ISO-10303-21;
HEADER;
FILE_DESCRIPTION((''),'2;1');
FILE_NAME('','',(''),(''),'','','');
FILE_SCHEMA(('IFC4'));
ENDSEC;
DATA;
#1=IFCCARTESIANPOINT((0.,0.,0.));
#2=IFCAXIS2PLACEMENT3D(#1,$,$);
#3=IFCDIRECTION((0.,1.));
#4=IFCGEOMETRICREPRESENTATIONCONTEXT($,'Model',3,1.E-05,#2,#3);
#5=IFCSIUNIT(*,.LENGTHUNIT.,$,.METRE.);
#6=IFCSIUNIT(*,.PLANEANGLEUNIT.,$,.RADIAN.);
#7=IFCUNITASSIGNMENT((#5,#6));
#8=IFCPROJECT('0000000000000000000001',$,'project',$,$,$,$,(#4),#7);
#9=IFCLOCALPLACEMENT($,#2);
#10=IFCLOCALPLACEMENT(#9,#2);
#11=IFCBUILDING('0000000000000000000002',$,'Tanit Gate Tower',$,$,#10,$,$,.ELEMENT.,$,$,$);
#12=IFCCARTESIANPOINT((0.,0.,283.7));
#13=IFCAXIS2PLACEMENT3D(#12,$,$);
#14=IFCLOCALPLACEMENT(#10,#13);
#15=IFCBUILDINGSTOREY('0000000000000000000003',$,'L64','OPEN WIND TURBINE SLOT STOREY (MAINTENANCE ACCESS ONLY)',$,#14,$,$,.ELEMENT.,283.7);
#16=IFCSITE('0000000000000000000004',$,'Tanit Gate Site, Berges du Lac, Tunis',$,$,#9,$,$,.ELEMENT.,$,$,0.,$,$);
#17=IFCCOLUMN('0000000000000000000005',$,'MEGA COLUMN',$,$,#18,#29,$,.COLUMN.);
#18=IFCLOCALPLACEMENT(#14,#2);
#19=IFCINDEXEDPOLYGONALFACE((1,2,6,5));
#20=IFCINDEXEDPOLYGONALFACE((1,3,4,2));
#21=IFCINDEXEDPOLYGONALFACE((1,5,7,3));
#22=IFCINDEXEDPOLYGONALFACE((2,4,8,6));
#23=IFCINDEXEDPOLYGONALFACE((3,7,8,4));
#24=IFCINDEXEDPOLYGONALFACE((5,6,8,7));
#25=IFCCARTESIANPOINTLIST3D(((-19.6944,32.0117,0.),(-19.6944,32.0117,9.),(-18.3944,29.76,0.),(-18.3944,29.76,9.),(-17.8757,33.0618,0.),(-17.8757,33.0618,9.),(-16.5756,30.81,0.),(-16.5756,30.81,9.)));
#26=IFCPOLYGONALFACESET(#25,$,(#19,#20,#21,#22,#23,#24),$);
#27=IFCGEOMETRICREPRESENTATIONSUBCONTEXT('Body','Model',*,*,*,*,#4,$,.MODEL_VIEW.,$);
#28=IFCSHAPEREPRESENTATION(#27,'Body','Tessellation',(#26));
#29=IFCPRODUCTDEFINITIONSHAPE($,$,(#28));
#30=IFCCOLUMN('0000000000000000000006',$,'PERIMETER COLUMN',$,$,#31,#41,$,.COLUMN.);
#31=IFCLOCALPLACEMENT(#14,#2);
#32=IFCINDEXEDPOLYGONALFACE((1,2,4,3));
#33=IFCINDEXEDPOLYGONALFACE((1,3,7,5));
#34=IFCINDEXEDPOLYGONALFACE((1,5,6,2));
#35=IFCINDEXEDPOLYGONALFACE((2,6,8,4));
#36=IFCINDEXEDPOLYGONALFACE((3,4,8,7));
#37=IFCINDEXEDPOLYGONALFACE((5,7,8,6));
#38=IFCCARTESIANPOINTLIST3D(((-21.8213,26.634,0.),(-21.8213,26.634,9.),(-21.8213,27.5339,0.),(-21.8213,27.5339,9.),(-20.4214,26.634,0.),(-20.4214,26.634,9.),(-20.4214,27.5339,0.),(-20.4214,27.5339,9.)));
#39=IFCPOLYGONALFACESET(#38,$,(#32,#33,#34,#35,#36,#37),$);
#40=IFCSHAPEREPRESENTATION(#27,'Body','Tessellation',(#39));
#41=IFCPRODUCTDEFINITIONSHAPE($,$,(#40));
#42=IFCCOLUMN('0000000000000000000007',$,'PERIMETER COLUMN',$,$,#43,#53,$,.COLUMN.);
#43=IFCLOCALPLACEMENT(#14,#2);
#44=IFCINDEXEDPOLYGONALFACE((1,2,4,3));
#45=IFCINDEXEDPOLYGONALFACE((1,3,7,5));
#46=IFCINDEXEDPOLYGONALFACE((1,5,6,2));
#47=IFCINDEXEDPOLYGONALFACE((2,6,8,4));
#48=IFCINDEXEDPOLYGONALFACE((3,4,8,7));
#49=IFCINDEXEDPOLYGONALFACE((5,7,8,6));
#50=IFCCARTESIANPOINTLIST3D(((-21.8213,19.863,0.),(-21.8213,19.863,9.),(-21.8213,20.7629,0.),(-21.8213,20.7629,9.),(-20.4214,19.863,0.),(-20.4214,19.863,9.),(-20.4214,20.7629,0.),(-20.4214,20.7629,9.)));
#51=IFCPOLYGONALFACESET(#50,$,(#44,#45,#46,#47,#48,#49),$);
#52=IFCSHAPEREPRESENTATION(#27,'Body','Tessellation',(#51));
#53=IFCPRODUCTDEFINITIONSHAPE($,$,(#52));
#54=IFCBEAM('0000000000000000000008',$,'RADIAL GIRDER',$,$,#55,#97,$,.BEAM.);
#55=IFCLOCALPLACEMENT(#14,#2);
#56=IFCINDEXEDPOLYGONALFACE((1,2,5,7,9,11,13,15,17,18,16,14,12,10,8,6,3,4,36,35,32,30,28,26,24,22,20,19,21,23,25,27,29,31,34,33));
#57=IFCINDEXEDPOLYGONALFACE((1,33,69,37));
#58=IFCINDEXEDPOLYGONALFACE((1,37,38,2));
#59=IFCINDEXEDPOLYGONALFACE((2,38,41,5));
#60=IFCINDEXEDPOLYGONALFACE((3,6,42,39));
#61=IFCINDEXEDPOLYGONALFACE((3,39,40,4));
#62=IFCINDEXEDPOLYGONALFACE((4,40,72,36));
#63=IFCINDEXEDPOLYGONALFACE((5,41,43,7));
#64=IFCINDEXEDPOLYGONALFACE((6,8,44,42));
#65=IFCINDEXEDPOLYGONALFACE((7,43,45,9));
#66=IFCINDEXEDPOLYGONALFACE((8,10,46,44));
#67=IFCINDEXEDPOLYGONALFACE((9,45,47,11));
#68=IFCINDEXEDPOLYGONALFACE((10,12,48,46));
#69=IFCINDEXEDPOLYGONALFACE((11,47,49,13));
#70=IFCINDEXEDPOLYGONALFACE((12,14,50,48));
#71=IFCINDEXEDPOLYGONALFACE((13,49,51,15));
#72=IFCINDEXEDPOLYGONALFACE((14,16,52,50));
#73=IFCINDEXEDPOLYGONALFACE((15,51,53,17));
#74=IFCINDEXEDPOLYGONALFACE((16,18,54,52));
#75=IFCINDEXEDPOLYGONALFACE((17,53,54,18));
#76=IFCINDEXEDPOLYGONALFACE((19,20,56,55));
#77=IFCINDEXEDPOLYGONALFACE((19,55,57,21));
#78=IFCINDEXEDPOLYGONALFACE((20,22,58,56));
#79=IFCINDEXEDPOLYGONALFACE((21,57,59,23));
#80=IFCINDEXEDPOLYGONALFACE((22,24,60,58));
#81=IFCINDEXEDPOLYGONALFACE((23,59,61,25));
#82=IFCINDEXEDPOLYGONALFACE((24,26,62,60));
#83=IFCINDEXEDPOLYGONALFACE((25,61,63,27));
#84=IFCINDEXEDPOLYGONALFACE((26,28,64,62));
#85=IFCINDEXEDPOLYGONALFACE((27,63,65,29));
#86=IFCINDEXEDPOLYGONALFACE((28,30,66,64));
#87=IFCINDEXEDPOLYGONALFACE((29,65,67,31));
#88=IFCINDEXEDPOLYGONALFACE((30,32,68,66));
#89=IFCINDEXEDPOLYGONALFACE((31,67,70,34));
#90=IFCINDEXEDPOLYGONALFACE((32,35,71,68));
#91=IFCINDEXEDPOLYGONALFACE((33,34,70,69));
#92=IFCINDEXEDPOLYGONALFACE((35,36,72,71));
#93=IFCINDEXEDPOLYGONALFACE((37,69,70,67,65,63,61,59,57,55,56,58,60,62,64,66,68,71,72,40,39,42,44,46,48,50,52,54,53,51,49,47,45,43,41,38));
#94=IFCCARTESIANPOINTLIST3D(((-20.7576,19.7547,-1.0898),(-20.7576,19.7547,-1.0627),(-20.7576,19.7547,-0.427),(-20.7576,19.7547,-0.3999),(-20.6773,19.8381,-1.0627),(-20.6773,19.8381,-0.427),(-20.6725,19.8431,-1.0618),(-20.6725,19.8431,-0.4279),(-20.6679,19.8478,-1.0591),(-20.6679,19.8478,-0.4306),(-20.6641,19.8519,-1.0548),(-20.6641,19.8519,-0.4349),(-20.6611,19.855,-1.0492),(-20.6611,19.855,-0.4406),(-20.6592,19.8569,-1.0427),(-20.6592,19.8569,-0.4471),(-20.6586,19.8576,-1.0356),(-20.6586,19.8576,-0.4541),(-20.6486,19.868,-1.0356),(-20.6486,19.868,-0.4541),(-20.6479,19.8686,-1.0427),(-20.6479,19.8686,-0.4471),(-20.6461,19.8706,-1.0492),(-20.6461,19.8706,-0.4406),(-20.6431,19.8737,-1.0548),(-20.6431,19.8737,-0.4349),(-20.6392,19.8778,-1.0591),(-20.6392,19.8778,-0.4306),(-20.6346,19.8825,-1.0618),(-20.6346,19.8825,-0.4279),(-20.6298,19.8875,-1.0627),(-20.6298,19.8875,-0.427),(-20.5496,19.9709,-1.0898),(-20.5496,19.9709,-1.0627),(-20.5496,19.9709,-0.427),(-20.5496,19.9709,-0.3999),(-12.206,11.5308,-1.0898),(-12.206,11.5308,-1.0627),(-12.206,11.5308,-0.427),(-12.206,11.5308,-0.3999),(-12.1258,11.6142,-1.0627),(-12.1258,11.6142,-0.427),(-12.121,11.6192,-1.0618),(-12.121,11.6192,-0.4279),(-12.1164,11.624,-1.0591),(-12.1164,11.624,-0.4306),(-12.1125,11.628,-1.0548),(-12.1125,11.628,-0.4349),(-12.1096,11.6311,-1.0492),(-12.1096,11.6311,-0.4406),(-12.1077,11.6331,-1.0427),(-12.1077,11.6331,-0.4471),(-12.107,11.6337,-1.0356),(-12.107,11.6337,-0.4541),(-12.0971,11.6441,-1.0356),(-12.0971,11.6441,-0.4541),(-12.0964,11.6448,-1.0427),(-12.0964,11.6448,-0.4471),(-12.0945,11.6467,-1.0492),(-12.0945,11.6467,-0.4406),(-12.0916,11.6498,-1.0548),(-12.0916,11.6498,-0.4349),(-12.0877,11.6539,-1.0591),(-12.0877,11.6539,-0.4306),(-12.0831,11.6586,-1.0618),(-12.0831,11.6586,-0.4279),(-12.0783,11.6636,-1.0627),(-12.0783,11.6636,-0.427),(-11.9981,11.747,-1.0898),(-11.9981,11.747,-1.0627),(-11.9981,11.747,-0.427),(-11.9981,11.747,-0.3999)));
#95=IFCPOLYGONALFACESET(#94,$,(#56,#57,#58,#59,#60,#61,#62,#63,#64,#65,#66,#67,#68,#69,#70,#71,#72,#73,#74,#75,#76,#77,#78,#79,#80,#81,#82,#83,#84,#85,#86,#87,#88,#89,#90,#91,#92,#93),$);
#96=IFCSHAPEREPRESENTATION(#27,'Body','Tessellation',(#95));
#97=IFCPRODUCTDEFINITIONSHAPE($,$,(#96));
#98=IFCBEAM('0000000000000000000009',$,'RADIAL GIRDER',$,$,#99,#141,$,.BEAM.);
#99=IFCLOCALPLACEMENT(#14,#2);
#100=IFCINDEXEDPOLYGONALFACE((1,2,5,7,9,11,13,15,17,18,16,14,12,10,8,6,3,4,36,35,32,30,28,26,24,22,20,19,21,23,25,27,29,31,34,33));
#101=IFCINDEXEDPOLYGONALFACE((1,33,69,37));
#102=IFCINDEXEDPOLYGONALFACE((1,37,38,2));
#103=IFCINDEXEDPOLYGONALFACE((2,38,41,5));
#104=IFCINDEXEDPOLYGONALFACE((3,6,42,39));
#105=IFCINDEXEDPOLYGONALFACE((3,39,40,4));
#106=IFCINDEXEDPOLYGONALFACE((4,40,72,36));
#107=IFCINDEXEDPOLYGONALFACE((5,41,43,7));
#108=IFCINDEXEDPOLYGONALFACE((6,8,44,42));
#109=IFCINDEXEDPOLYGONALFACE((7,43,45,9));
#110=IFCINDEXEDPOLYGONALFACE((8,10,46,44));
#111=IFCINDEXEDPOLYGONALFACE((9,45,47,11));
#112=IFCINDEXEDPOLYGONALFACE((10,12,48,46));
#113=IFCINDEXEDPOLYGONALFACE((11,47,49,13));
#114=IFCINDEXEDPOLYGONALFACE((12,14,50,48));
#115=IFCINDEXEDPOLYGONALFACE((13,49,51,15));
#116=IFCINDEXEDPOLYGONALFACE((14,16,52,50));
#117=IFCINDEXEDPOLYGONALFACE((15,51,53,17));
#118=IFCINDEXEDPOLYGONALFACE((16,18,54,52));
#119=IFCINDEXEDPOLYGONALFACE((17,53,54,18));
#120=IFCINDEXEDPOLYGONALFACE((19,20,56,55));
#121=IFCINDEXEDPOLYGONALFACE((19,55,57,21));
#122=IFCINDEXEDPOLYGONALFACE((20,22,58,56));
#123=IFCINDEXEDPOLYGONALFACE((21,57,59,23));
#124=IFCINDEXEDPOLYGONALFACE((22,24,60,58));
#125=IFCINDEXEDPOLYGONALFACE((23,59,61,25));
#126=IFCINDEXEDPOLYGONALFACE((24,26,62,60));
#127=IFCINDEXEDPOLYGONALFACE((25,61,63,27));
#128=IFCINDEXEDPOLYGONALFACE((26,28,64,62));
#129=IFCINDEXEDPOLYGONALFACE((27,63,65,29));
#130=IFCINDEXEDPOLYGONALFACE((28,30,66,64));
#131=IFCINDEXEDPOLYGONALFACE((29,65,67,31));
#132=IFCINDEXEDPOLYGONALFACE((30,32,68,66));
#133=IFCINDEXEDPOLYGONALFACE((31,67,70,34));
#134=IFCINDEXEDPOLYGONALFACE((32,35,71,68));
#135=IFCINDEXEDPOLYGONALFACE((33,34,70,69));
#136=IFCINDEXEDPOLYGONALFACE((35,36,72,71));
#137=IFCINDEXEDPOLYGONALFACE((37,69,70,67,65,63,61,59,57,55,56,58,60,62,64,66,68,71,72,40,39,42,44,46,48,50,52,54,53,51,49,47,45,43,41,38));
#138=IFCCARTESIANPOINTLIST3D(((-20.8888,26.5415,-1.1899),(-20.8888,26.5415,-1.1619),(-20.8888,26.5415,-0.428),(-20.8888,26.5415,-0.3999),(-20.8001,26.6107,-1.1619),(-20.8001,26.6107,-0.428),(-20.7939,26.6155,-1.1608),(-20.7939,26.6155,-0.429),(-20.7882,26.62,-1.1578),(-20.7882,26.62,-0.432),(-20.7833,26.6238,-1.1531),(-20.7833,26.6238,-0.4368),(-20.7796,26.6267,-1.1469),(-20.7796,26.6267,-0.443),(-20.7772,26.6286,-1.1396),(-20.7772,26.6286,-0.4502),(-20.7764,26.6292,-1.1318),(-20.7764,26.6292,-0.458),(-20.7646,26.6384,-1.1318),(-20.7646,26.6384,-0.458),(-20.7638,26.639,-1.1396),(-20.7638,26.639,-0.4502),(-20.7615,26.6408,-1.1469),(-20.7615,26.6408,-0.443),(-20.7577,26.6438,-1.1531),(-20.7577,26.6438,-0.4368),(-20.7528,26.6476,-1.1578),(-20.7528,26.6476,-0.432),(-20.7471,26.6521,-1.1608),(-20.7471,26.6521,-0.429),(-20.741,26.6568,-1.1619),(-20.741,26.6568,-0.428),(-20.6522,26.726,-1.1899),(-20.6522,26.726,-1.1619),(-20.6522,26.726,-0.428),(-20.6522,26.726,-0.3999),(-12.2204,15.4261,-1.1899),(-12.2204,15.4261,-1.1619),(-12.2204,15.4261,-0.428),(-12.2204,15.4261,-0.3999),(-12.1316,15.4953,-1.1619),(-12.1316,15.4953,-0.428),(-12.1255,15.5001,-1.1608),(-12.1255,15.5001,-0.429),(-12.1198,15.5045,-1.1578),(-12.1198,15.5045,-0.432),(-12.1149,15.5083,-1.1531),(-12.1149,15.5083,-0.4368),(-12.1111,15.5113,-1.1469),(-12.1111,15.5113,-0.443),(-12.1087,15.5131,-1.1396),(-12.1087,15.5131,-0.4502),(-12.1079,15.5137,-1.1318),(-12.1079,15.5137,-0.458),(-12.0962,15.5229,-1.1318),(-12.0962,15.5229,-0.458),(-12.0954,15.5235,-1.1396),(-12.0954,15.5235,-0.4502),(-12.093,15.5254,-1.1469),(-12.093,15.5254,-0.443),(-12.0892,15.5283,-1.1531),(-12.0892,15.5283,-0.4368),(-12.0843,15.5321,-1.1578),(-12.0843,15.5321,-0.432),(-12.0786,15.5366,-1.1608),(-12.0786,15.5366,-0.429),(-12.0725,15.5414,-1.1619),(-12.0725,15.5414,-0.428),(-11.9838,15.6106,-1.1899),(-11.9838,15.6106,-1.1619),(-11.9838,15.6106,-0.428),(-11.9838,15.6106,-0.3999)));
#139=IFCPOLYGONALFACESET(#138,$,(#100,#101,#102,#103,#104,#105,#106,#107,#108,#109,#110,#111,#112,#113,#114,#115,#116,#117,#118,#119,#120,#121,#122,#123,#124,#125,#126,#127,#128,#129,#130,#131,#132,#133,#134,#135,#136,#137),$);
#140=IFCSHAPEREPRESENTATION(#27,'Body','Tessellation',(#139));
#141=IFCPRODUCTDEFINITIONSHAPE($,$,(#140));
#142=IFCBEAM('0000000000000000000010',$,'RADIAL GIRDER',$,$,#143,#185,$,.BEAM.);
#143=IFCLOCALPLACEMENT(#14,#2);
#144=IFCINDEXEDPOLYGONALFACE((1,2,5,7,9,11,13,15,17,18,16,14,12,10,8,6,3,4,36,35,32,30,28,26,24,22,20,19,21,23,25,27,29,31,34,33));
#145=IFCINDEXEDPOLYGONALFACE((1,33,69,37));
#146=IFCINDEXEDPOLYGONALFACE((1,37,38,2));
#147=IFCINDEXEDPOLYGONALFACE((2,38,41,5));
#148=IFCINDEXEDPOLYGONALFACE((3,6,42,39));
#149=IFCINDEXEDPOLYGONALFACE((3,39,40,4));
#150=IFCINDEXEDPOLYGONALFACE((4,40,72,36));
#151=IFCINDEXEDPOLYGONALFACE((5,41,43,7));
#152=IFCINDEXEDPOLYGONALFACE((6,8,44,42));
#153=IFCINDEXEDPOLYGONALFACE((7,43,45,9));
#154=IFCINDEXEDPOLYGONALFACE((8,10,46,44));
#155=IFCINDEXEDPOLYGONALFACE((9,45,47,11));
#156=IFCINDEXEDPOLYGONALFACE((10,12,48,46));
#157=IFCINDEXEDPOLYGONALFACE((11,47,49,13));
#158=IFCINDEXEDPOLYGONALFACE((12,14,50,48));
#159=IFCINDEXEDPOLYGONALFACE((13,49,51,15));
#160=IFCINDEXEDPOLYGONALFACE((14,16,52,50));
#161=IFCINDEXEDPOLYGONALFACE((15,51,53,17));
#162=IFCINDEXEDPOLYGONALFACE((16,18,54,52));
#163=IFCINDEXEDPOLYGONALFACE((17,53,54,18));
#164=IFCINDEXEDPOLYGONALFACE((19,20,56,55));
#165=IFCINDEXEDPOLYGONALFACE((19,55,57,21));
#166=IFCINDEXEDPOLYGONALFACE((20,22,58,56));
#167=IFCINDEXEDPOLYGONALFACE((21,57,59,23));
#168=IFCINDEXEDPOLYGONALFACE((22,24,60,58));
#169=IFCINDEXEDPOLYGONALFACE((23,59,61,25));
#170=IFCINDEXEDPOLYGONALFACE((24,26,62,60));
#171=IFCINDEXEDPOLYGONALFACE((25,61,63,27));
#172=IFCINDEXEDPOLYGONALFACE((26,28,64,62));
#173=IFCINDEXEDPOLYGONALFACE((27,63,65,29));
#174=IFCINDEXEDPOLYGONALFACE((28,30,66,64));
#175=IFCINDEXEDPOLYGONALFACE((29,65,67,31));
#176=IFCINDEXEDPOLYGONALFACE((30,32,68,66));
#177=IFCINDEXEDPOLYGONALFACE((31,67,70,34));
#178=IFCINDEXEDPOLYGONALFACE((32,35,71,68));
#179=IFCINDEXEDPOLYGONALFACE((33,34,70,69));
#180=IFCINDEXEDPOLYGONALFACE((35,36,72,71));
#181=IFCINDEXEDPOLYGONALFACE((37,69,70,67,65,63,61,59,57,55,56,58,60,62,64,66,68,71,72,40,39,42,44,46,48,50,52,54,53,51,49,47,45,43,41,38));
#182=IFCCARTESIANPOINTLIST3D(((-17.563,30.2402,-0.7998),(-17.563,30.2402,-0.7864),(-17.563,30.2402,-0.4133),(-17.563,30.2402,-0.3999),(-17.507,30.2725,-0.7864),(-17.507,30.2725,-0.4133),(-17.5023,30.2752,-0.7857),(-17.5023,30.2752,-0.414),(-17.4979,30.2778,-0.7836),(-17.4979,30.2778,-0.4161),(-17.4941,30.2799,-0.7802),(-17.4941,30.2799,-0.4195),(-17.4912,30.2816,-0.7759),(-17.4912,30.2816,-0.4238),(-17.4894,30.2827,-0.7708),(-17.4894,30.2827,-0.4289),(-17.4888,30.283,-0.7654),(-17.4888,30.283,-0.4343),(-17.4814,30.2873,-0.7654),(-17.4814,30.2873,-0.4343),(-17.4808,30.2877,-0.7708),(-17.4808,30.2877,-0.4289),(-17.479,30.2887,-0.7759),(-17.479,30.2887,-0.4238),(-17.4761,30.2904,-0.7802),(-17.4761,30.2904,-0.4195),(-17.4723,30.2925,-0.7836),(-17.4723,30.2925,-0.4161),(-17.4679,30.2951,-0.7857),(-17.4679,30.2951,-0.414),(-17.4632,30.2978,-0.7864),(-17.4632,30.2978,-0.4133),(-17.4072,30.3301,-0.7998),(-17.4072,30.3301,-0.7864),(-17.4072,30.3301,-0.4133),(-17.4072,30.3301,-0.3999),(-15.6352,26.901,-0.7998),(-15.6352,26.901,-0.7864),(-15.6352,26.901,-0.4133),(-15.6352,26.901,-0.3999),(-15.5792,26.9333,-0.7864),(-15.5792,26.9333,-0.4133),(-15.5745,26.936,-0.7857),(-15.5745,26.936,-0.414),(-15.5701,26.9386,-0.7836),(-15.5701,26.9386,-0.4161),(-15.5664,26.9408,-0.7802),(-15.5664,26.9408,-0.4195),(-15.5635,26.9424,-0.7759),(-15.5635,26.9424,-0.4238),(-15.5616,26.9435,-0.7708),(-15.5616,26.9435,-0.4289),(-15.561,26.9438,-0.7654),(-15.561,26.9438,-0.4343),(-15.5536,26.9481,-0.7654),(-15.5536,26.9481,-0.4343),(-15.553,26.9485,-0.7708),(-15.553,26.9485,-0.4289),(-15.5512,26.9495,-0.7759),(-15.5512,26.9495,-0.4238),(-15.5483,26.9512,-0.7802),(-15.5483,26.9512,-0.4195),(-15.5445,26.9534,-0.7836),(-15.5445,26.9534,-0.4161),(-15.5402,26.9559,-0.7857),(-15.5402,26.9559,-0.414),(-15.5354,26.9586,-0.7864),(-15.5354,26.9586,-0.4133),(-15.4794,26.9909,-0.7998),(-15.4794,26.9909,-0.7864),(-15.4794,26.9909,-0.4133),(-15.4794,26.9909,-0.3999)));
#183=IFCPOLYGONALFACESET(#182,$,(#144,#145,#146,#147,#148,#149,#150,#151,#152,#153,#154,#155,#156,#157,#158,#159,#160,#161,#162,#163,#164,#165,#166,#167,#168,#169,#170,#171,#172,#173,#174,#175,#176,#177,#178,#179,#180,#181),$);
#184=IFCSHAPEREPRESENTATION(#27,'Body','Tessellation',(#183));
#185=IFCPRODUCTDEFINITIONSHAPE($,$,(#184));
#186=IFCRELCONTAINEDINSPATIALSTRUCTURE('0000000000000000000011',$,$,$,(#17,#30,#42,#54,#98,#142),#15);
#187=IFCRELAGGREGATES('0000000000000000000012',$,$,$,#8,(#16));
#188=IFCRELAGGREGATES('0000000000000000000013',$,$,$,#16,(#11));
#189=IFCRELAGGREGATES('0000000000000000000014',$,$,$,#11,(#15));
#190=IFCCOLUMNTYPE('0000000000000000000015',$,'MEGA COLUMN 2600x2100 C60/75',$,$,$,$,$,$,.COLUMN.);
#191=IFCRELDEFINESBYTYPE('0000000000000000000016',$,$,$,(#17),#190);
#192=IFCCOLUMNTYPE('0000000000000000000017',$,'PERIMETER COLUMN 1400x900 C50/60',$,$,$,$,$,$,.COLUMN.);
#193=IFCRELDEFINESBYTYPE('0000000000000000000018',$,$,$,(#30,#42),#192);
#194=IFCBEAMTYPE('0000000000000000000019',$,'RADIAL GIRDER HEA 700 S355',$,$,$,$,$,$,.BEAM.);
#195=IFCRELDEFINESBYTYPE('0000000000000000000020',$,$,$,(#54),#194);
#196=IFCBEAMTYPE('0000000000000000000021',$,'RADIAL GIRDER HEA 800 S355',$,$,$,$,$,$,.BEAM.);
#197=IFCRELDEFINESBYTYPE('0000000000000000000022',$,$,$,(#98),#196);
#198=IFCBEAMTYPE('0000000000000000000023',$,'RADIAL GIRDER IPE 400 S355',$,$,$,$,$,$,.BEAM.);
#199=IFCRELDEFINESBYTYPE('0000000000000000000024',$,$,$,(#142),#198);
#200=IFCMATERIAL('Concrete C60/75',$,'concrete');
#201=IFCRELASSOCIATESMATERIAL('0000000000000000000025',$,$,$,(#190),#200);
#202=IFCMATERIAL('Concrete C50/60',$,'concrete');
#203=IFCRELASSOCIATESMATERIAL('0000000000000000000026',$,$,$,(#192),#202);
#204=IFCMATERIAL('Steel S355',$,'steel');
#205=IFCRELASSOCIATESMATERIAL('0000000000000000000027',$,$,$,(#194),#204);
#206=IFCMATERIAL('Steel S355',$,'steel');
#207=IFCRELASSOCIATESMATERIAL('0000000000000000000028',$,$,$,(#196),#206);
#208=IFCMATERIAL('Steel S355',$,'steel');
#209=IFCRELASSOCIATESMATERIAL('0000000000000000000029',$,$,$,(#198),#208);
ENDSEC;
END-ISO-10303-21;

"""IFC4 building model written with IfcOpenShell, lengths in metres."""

from ifc_helpers import new_model, si_unit, direction, frame, origin, origin_2d, place, context, subcontext, project, spatial, rectangle, i_section, extrude, material, material_profile, profile_set, type_object, element, save


model = new_model("IFC4")

# Units and contexts
model_context = context("Model", 3, precision=1e-05, world=origin(), true_north=direction((0.0, 1.0)))
body_context = subcontext(model_context, "Body", "Model", "MODEL_VIEW")
ifc_project = project(units=[si_unit("LENGTHUNIT", "METRE"), si_unit("PLANEANGLEUNIT", "RADIAN")], contexts=[model_context])

# Site, building, storey
site_placement = place(None, origin())
site = spatial("IfcSite", under=ifc_project, at=site_placement, Name="Tanit Gate Site, Berges du Lac, Tunis", CompositionType="ELEMENT", RefElevation=0.0)
building_placement = place(site_placement, origin())
building = spatial("IfcBuilding", under=site, at=building_placement, Name="Tanit Gate Tower", CompositionType="ELEMENT")
storey_placement = place(building_placement, frame((0.0, 0.0, 283.7)))
storey = spatial("IfcBuildingStorey", under=building, at=storey_placement, Name="L64", Description="OPEN WIND TURBINE SLOT STOREY (MAINTENANCE ACCESS ONLY)", CompositionType="ELEMENT", Elevation=283.7)

# Columns
ifc_material_1 = material(Name="Concrete C60/75", Category="concrete")
ifc_material_profile_1 = material_profile(ifc_material_1, rectangle(XDim=2.6001, YDim=2.1001, at=origin_2d()), Name="RC 2600x2100")
ifc_profile_set_1 = profile_set([ifc_material_profile_1], Name="Concrete C60/75")
column_type_1 = type_object("IfcColumnType", Name="MEGA COLUMN 2600x2100 C60/75", PredefinedType="COLUMN", material=ifc_profile_set_1)
column_placement = place(storey_placement, frame((-18.135, 31.4109, 0.0), z_axis=(0.0, 0.0, 1.0), x_axis=(-0.5, 0.866025, 0.0)))
element("IfcColumn", 1, at=column_placement, inside=storey, type_object=column_type_1, Name="MEGA COLUMN", PredefinedType="COLUMN", context=body_context, shape_type="SweptSolid", body=[
    extrude(rectangle(XDim=2.6001, YDim=2.1001, at=origin_2d()), origin(), (0.0, 0.0, 1.0), 9.0),
])
ifc_material_2 = material(Name="Concrete C50/60", Category="concrete")
ifc_material_profile_2 = material_profile(ifc_material_2, rectangle(XDim=1.3999, YDim=0.8999, at=origin_2d()), Name="RC 1400x900")
ifc_profile_set_2 = profile_set([ifc_material_profile_2], Name="Concrete C50/60")
column_type_2 = type_object("IfcColumnType", Name="PERIMETER COLUMN 1400x900 C50/60", PredefinedType="COLUMN", material=ifc_profile_set_2)
for number, where, z_axis, x_axis, name in (
    (2, (-21.1213, 27.084, 0.0), (0.0, 0.0, 1.0), (-1.0, 0.0, 0.0), "PERIMETER COLUMN"),
    (3, (-21.1213, 20.313, 0.0), (0.0, 0.0, 1.0), (-1.0, 0.0, 0.0), "PERIMETER COLUMN"),
):
    element("IfcColumn", number, at=place(storey_placement, frame(where, z_axis=z_axis, x_axis=x_axis)), inside=storey, type_object=column_type_2, Name=name, PredefinedType="COLUMN", context=body_context, shape_type="SweptSolid", body=[
        extrude(rectangle(XDim=1.3999, YDim=0.8999, at=origin_2d()), origin(), (0.0, 0.0, 1.0), 9.0),
    ])

# Beams
ifc_material_3 = material(Name="Steel S355", Category="steel")
ifc_material_profile_3 = material_profile(ifc_material_3, i_section(OverallWidth=0.3, OverallDepth=0.6899, WebThickness=0.0144, FlangeThickness=0.0271, FilletRadius=0.0271, at=origin_2d()), Name="HEA 700")
ifc_profile_set_3 = profile_set([ifc_material_profile_3], Name="Steel S355")
beam_type_1 = type_object("IfcBeamType", Name="RADIAL GIRDER HEA 700 S355", PredefinedType="BEAM", material=ifc_profile_set_3)
beam_1_placement = place(storey_placement, frame((-20.6536, 19.8628, -0.7449), z_axis=(0.72078, -0.693164, 0.0), x_axis=(0.693164, 0.72078, 0.0)))
element("IfcBeam", 4, at=beam_1_placement, inside=storey, type_object=beam_type_1, Name="RADIAL GIRDER", PredefinedType="BEAM", context=body_context, shape_type="SweptSolid", body=[
    extrude(i_section(OverallWidth=0.3, OverallDepth=0.6899, WebThickness=0.0144, FlangeThickness=0.0271, FilletRadius=0.0271, at=origin_2d()), origin(), (0.0, 0.0, 1.0), 11.8643),
])
ifc_material_4 = material(Name="Steel S355", Category="steel")
ifc_material_profile_4 = material_profile(ifc_material_4, i_section(OverallWidth=0.3, OverallDepth=0.79, WebThickness=0.0149, FlangeThickness=0.0281, FilletRadius=0.03, at=origin_2d()), Name="HEA 800")
ifc_profile_set_4 = profile_set([ifc_material_profile_4], Name="Steel S355")
beam_type_2 = type_object("IfcBeamType", Name="RADIAL GIRDER HEA 800 S355", PredefinedType="BEAM", material=ifc_profile_set_4)
beam_2_placement = place(storey_placement, frame((-20.7705, 26.6338, -0.7949), z_axis=(0.614961, -0.788558, 0.0), x_axis=(0.788558, 0.614961, 0.0)))
element("IfcBeam", 5, at=beam_2_placement, inside=storey, type_object=beam_type_2, Name="RADIAL GIRDER", PredefinedType="BEAM", context=body_context, shape_type="SweptSolid", body=[
    extrude(i_section(OverallWidth=0.3, OverallDepth=0.79, WebThickness=0.0149, FlangeThickness=0.0281, FilletRadius=0.03, at=origin_2d()), origin(), (0.0, 0.0, 1.0), 14.0959),
])
ifc_material_5 = material(Name="Steel S355", Category="steel")
ifc_material_profile_5 = material_profile(ifc_material_5, i_section(OverallWidth=0.1799, OverallDepth=0.3999, WebThickness=0.0085, FlangeThickness=0.0134, FilletRadius=0.021, at=origin_2d()), Name="IPE 400")
ifc_profile_set_5 = profile_set([ifc_material_profile_5], Name="Steel S355")
beam_type_3 = type_object("IfcBeamType", Name="RADIAL GIRDER IPE 400 S355", PredefinedType="BEAM", material=ifc_profile_set_5)
beam_3_placement = place(storey_placement, frame((-17.4851, 30.2852, -0.5999), z_axis=(0.49998, -0.866037, 0.0), x_axis=(0.866037, 0.49998, 0.0)))
element("IfcBeam", 6, at=beam_3_placement, inside=storey, type_object=beam_type_3, Name="RADIAL GIRDER", PredefinedType="BEAM", context=body_context, shape_type="SweptSolid", body=[
    extrude(i_section(OverallWidth=0.1799, OverallDepth=0.3999, WebThickness=0.0085, FlangeThickness=0.0134, FilletRadius=0.021, at=origin_2d()), origin(), (0.0, 0.0, 1.0), 3.8557),
])

save(model, "model.ifc")
